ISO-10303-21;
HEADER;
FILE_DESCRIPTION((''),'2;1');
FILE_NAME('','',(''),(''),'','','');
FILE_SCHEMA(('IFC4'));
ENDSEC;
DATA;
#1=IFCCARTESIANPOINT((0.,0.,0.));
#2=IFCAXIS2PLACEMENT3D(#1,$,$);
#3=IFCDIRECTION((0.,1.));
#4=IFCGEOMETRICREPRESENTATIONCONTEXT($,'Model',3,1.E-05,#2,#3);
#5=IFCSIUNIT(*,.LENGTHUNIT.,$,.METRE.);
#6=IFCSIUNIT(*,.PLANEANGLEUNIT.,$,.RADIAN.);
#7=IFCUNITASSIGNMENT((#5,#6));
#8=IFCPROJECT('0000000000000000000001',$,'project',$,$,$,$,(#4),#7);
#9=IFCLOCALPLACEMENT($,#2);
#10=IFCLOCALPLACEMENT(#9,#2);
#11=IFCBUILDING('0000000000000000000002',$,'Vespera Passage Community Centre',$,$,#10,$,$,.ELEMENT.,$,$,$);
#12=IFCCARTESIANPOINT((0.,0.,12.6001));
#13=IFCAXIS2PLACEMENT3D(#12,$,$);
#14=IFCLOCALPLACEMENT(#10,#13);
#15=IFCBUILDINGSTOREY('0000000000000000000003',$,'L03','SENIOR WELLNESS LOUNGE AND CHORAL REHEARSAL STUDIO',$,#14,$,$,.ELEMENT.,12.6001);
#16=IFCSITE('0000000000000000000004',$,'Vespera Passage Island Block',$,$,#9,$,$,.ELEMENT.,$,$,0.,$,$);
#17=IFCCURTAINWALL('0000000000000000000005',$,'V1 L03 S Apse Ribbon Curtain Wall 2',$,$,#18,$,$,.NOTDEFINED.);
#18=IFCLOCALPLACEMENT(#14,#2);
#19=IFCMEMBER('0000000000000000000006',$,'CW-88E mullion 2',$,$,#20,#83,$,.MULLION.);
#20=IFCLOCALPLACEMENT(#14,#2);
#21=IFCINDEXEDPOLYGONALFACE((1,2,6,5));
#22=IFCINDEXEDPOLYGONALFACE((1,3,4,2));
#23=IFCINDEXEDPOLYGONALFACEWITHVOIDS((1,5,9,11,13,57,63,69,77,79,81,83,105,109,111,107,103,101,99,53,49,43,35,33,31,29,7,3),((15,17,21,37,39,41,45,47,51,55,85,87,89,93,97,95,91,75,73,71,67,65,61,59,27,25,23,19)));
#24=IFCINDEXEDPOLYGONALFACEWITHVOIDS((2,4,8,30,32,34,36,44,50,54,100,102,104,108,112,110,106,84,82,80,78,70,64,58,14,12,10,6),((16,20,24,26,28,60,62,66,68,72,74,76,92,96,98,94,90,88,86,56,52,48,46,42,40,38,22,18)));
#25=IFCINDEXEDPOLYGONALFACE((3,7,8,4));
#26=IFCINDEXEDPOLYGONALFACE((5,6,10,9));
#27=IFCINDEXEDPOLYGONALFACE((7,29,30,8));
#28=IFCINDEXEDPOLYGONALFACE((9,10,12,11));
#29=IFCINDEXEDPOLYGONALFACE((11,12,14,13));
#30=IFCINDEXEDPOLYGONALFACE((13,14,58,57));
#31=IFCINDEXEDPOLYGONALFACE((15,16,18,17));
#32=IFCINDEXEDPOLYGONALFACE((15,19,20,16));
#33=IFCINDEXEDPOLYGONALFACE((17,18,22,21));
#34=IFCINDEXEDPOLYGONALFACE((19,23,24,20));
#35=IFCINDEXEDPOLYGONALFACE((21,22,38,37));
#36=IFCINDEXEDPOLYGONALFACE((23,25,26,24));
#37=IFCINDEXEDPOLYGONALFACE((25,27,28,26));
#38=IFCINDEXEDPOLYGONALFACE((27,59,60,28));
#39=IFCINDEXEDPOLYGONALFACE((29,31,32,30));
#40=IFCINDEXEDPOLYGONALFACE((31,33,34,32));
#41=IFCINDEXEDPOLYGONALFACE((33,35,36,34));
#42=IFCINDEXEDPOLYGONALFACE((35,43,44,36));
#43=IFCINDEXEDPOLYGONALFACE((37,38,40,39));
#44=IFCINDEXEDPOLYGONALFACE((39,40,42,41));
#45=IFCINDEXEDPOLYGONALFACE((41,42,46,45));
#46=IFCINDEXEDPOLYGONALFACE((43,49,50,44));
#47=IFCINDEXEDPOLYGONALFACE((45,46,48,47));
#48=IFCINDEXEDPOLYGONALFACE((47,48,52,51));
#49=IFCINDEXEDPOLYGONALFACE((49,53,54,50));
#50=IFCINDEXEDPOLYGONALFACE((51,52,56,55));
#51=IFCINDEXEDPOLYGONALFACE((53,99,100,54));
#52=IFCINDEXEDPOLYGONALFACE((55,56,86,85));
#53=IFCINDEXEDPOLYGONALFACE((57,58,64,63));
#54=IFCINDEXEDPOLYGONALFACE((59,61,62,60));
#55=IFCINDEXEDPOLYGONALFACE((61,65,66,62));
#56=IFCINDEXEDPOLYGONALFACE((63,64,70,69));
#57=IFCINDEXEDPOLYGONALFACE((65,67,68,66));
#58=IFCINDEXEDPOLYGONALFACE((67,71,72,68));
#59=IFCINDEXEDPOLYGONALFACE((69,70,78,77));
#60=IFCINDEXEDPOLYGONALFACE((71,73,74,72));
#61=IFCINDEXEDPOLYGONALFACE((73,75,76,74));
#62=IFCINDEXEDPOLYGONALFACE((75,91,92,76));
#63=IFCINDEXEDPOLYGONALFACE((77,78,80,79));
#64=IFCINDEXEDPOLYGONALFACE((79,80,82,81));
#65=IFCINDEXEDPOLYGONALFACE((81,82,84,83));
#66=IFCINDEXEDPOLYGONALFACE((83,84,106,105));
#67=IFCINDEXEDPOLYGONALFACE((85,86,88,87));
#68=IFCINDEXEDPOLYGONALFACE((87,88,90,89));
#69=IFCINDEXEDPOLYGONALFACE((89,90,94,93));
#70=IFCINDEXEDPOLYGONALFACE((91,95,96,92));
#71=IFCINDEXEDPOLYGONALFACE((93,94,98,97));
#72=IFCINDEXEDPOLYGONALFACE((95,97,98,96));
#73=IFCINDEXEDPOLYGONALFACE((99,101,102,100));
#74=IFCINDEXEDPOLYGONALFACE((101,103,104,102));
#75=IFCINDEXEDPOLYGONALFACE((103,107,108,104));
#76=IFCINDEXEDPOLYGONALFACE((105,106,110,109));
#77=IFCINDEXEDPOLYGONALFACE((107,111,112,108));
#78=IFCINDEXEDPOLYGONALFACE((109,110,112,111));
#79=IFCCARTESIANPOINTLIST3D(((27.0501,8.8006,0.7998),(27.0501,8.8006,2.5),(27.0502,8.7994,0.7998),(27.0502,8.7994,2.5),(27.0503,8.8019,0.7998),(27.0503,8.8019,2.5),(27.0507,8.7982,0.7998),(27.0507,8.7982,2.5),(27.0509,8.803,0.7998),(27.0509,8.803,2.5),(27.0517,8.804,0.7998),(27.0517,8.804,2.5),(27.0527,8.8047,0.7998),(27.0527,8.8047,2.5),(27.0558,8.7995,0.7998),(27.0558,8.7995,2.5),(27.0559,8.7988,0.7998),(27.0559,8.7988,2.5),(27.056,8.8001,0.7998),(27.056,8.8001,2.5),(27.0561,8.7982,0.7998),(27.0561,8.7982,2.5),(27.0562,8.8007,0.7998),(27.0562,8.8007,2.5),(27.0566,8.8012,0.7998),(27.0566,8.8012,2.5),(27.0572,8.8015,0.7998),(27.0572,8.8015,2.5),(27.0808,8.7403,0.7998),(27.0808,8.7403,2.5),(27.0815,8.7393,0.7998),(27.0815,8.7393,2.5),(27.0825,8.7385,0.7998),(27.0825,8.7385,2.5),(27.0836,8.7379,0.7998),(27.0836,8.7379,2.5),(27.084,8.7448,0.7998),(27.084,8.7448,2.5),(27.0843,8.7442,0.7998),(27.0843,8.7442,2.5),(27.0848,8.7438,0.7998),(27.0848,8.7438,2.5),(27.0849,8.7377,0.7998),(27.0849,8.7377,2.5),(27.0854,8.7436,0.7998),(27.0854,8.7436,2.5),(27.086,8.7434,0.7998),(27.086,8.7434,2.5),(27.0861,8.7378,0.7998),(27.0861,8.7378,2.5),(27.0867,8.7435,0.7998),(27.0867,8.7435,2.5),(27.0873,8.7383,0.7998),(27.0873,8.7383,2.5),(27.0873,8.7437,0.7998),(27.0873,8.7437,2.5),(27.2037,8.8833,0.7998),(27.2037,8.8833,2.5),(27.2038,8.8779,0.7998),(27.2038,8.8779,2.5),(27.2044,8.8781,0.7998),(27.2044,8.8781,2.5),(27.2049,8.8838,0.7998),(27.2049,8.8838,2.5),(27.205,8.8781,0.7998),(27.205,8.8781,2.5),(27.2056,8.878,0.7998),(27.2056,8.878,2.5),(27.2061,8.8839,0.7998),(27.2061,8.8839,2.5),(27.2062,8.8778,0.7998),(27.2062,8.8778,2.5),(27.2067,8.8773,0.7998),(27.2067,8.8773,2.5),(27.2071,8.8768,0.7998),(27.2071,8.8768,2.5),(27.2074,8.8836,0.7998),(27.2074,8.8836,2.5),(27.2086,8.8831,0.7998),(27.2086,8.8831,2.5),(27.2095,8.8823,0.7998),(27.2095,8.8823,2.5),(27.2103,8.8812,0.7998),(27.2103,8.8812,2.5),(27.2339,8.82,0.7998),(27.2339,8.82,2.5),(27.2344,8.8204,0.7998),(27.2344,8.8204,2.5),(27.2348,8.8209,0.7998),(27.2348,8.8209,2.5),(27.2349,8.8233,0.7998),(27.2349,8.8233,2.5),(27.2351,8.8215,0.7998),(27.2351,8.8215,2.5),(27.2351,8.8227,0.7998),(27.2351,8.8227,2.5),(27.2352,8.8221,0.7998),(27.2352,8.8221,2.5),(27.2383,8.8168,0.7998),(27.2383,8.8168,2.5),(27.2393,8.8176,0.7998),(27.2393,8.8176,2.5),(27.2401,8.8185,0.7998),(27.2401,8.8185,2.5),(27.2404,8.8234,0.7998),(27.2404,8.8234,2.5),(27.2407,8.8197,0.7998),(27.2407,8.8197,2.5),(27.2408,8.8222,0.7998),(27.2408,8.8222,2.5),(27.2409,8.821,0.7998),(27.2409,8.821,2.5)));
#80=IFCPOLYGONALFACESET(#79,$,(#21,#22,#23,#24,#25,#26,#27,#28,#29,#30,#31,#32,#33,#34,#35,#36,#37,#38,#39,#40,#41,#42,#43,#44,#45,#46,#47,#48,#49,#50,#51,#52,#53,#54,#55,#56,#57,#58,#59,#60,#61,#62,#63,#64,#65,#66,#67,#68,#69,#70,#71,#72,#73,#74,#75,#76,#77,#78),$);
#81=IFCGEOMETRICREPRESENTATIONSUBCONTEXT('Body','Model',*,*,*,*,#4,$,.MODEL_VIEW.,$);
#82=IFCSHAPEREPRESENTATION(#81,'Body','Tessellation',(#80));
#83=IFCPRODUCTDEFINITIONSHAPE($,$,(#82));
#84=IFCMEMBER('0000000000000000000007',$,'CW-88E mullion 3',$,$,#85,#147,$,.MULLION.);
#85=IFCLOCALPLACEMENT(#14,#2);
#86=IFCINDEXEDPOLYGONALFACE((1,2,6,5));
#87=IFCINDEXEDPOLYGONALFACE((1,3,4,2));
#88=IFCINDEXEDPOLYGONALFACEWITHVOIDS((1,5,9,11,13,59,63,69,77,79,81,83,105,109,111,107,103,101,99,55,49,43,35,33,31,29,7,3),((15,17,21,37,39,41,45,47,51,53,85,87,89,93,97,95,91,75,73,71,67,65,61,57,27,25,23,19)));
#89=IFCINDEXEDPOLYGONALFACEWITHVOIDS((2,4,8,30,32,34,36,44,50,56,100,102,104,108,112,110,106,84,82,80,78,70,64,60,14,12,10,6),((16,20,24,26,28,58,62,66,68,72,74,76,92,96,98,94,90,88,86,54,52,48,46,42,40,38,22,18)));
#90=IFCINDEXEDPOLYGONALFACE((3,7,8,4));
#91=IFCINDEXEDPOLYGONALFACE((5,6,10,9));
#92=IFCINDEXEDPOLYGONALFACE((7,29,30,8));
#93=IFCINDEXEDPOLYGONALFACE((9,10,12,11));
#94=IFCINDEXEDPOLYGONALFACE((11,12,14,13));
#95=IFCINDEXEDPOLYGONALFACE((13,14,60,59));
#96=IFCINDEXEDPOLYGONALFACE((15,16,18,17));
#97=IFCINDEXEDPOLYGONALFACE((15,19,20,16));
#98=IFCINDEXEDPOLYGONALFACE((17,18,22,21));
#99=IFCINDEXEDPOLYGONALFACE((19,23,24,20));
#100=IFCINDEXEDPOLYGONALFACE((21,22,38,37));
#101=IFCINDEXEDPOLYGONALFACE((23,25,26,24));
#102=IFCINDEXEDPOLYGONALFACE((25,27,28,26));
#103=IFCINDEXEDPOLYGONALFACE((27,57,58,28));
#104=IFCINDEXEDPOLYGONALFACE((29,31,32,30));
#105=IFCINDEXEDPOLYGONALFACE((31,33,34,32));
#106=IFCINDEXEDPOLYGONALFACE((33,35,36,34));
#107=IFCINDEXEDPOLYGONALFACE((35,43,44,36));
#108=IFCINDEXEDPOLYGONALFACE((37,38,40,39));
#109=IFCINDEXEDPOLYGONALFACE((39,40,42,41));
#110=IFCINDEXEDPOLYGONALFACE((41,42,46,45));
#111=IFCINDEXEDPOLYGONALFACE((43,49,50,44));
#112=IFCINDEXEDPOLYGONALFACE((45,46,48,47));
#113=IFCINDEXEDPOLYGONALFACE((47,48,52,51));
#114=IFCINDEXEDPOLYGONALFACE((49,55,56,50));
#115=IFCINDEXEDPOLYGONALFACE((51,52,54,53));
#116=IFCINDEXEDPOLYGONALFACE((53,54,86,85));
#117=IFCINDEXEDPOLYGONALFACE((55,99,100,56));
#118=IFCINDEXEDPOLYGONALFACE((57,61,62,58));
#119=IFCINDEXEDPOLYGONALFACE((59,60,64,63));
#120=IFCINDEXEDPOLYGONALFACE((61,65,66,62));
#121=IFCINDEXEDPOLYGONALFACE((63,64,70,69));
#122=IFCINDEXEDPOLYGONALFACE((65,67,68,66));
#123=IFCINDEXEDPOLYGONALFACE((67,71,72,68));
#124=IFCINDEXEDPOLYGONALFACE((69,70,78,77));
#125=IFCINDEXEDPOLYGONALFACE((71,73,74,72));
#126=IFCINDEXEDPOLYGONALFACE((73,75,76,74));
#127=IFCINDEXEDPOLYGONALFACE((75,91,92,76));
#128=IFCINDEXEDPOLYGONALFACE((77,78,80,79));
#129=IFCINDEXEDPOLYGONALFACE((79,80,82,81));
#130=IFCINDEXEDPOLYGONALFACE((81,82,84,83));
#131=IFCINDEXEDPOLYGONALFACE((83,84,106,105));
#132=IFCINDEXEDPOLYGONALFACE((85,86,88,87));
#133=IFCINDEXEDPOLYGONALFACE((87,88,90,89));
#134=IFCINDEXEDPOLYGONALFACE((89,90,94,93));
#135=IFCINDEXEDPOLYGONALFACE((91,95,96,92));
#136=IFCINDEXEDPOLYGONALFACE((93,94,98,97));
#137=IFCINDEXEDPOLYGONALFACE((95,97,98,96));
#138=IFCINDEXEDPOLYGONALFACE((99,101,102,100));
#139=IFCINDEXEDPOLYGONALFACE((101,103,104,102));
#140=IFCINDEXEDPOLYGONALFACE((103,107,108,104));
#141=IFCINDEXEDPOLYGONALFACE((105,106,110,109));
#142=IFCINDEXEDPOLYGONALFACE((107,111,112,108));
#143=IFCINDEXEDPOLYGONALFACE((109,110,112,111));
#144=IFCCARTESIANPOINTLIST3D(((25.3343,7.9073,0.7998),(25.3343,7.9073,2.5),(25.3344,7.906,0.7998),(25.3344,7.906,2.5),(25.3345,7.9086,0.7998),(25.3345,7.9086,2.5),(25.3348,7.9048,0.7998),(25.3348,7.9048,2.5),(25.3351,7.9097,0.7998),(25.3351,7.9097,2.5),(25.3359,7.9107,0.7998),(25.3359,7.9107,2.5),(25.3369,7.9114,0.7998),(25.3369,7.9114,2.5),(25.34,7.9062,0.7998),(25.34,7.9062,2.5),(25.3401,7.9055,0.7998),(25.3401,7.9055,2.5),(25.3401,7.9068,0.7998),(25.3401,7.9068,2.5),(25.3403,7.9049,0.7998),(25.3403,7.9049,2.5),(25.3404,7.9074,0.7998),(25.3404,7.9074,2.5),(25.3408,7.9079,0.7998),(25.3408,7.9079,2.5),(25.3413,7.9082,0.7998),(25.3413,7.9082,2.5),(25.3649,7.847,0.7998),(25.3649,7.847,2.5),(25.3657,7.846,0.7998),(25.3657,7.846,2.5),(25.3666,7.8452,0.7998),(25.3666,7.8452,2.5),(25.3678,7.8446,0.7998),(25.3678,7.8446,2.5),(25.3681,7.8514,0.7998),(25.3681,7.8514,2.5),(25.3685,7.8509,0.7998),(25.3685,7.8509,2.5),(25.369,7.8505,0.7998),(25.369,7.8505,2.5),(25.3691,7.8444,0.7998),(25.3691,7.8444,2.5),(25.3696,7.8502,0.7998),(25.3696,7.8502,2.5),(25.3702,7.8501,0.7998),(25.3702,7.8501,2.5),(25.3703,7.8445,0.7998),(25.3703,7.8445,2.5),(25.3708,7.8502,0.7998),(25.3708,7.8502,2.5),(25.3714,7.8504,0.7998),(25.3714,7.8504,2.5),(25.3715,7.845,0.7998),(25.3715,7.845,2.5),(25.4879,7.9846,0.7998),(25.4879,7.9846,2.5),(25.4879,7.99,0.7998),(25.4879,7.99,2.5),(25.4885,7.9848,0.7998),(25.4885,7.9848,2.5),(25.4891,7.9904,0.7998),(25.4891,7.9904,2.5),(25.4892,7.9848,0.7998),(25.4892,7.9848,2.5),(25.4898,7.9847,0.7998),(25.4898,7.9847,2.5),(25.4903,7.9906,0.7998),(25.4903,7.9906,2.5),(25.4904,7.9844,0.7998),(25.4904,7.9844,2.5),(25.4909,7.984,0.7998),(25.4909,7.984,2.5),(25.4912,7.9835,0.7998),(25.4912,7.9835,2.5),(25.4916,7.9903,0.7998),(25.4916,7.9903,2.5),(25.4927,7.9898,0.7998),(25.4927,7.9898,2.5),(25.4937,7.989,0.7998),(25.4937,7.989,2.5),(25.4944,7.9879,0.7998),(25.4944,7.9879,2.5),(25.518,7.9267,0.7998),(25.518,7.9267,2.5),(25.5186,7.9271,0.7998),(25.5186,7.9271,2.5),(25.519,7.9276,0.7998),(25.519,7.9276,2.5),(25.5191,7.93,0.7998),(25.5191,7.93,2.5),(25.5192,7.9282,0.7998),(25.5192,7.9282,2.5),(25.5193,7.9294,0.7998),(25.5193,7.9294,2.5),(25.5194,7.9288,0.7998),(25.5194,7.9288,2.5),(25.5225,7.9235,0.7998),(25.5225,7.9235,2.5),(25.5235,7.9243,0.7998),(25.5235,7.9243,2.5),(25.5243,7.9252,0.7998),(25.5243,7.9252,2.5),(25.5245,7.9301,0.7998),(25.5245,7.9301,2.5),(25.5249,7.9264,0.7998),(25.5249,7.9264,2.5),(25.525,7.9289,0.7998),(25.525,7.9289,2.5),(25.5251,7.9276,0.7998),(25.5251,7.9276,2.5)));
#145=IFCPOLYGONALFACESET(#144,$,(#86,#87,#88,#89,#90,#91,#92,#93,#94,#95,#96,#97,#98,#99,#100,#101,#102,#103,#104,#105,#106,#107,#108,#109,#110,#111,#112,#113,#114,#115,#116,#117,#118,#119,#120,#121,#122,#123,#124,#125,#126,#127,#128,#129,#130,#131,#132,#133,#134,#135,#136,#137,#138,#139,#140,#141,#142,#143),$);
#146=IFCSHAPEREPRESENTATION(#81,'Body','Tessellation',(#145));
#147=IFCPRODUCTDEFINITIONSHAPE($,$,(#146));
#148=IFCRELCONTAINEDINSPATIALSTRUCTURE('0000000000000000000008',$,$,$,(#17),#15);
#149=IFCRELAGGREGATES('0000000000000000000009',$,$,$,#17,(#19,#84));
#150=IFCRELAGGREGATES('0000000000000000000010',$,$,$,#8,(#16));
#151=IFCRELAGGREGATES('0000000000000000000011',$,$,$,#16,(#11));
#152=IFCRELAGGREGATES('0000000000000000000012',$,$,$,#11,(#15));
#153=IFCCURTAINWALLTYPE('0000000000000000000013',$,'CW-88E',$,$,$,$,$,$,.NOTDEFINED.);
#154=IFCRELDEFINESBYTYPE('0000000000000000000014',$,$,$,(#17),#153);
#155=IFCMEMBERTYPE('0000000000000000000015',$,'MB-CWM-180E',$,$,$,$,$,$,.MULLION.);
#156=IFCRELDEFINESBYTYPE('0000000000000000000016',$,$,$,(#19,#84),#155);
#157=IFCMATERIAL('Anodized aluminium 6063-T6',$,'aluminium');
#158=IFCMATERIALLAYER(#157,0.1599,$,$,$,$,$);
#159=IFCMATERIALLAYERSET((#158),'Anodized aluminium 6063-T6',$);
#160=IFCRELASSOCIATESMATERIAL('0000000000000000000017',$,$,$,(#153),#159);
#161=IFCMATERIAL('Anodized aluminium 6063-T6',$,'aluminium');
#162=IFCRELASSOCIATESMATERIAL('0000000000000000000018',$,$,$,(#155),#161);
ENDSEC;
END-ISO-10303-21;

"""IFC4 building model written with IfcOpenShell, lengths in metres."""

from ifc_helpers import new_model, si_unit, direction, frame, origin, origin_2d, place, context, subcontext, project, spatial, hollow_rectangle, extrude, material, layer, layer_set, material_profile, profile_set, type_object, element, aggregate, save


model = new_model("IFC4")

# Units and contexts
model_context = context("Model", 3, precision=1e-05, world=origin(), true_north=direction((0.0, 1.0)))
body_context = subcontext(model_context, "Body", "Model", "MODEL_VIEW")
ifc_project = project(units=[si_unit("LENGTHUNIT", "METRE"), si_unit("PLANEANGLEUNIT", "RADIAN")], contexts=[model_context])

# Site, building, storey
site_placement = place(None, origin())
site = spatial("IfcSite", under=ifc_project, at=site_placement, Name="Vespera Passage Island Block", CompositionType="ELEMENT", RefElevation=0.0)
building_placement = place(site_placement, origin())
building = spatial("IfcBuilding", under=site, at=building_placement, Name="Vespera Passage Community Centre", CompositionType="ELEMENT")
storey_placement = place(building_placement, frame((0.0, 0.0, 12.6001)))
storey = spatial("IfcBuildingStorey", under=building, at=storey_placement, Name="L03", Description="SENIOR WELLNESS LOUNGE AND CHORAL REHEARSAL STUDIO", CompositionType="ELEMENT", Elevation=12.6001)

# Curtain wall, members
ifc_material_1 = material(Name="Anodized aluminium 6063-T6", Category="aluminium")
ifc_layer_1 = layer(ifc_material_1, 0.1599)
ifc_layer_set_1 = layer_set([ifc_layer_1], Name="Anodized aluminium 6063-T6")
curtain_wall_type = type_object("IfcCurtainWallType", Name="CW-88E", PredefinedType="NOTDEFINED", material=ifc_layer_set_1)
curtain_wall_placement = place(storey_placement, origin())
curtain_wall = element("IfcCurtainWall", 1, at=curtain_wall_placement, inside=storey, type_object=curtain_wall_type, Name="V1 L03 S Apse Ribbon Curtain Wall 2", PredefinedType="NOTDEFINED")
ifc_material_2 = material(Name="Anodized aluminium 6063-T6", Category="aluminium")
ifc_material_profile_1 = material_profile(ifc_material_2, hollow_rectangle(XDim=0.075, YDim=0.1799, WallThickness=0.0049, InnerFilletRadius=0.0024, OuterFilletRadius=0.0049, at=origin_2d()), Name="ALU180X75X5")
ifc_profile_set_1 = profile_set([ifc_material_profile_1], Name="Anodized aluminium 6063-T6")
member_type_1 = type_object("IfcMemberType", Name="MB-CWM-180E", PredefinedType="MULLION", material=ifc_profile_set_1)
member_1_placement = place(storey_placement, frame((27.1455, 8.8108, 0.7998), z_axis=(0.0, 0.0, 1.0), x_axis=(0.461745, -0.887013, 0.0)))
member_1 = element("IfcMember", 2, at=member_1_placement, type_object=member_type_1, Name="CW-88E mullion 2", PredefinedType="MULLION", context=body_context, shape_type="SweptSolid", body=[
    extrude(hollow_rectangle(XDim=0.075, YDim=0.1799, WallThickness=0.0049, InnerFilletRadius=0.0024, OuterFilletRadius=0.0049, at=origin_2d()), origin(), (0.0, 0.0, 1.0), 1.7002),
])
member_2_placement = place(storey_placement, frame((25.4297, 7.9175, 0.7998), z_axis=(0.0, 0.0, 1.0), x_axis=(0.461745, -0.887013, 0.0)))
member_2 = element("IfcMember", 3, at=member_2_placement, type_object=member_type_1, Name="CW-88E mullion 3", PredefinedType="MULLION", context=body_context, shape_type="SweptSolid", body=[
    extrude(hollow_rectangle(XDim=0.075, YDim=0.1799, WallThickness=0.0049, InnerFilletRadius=0.0024, OuterFilletRadius=0.0049, at=origin_2d()), origin(), (0.0, 0.0, 1.0), 1.7002),
])
aggregate(curtain_wall, [member_1, member_2])

save(model, "model.ifc")
